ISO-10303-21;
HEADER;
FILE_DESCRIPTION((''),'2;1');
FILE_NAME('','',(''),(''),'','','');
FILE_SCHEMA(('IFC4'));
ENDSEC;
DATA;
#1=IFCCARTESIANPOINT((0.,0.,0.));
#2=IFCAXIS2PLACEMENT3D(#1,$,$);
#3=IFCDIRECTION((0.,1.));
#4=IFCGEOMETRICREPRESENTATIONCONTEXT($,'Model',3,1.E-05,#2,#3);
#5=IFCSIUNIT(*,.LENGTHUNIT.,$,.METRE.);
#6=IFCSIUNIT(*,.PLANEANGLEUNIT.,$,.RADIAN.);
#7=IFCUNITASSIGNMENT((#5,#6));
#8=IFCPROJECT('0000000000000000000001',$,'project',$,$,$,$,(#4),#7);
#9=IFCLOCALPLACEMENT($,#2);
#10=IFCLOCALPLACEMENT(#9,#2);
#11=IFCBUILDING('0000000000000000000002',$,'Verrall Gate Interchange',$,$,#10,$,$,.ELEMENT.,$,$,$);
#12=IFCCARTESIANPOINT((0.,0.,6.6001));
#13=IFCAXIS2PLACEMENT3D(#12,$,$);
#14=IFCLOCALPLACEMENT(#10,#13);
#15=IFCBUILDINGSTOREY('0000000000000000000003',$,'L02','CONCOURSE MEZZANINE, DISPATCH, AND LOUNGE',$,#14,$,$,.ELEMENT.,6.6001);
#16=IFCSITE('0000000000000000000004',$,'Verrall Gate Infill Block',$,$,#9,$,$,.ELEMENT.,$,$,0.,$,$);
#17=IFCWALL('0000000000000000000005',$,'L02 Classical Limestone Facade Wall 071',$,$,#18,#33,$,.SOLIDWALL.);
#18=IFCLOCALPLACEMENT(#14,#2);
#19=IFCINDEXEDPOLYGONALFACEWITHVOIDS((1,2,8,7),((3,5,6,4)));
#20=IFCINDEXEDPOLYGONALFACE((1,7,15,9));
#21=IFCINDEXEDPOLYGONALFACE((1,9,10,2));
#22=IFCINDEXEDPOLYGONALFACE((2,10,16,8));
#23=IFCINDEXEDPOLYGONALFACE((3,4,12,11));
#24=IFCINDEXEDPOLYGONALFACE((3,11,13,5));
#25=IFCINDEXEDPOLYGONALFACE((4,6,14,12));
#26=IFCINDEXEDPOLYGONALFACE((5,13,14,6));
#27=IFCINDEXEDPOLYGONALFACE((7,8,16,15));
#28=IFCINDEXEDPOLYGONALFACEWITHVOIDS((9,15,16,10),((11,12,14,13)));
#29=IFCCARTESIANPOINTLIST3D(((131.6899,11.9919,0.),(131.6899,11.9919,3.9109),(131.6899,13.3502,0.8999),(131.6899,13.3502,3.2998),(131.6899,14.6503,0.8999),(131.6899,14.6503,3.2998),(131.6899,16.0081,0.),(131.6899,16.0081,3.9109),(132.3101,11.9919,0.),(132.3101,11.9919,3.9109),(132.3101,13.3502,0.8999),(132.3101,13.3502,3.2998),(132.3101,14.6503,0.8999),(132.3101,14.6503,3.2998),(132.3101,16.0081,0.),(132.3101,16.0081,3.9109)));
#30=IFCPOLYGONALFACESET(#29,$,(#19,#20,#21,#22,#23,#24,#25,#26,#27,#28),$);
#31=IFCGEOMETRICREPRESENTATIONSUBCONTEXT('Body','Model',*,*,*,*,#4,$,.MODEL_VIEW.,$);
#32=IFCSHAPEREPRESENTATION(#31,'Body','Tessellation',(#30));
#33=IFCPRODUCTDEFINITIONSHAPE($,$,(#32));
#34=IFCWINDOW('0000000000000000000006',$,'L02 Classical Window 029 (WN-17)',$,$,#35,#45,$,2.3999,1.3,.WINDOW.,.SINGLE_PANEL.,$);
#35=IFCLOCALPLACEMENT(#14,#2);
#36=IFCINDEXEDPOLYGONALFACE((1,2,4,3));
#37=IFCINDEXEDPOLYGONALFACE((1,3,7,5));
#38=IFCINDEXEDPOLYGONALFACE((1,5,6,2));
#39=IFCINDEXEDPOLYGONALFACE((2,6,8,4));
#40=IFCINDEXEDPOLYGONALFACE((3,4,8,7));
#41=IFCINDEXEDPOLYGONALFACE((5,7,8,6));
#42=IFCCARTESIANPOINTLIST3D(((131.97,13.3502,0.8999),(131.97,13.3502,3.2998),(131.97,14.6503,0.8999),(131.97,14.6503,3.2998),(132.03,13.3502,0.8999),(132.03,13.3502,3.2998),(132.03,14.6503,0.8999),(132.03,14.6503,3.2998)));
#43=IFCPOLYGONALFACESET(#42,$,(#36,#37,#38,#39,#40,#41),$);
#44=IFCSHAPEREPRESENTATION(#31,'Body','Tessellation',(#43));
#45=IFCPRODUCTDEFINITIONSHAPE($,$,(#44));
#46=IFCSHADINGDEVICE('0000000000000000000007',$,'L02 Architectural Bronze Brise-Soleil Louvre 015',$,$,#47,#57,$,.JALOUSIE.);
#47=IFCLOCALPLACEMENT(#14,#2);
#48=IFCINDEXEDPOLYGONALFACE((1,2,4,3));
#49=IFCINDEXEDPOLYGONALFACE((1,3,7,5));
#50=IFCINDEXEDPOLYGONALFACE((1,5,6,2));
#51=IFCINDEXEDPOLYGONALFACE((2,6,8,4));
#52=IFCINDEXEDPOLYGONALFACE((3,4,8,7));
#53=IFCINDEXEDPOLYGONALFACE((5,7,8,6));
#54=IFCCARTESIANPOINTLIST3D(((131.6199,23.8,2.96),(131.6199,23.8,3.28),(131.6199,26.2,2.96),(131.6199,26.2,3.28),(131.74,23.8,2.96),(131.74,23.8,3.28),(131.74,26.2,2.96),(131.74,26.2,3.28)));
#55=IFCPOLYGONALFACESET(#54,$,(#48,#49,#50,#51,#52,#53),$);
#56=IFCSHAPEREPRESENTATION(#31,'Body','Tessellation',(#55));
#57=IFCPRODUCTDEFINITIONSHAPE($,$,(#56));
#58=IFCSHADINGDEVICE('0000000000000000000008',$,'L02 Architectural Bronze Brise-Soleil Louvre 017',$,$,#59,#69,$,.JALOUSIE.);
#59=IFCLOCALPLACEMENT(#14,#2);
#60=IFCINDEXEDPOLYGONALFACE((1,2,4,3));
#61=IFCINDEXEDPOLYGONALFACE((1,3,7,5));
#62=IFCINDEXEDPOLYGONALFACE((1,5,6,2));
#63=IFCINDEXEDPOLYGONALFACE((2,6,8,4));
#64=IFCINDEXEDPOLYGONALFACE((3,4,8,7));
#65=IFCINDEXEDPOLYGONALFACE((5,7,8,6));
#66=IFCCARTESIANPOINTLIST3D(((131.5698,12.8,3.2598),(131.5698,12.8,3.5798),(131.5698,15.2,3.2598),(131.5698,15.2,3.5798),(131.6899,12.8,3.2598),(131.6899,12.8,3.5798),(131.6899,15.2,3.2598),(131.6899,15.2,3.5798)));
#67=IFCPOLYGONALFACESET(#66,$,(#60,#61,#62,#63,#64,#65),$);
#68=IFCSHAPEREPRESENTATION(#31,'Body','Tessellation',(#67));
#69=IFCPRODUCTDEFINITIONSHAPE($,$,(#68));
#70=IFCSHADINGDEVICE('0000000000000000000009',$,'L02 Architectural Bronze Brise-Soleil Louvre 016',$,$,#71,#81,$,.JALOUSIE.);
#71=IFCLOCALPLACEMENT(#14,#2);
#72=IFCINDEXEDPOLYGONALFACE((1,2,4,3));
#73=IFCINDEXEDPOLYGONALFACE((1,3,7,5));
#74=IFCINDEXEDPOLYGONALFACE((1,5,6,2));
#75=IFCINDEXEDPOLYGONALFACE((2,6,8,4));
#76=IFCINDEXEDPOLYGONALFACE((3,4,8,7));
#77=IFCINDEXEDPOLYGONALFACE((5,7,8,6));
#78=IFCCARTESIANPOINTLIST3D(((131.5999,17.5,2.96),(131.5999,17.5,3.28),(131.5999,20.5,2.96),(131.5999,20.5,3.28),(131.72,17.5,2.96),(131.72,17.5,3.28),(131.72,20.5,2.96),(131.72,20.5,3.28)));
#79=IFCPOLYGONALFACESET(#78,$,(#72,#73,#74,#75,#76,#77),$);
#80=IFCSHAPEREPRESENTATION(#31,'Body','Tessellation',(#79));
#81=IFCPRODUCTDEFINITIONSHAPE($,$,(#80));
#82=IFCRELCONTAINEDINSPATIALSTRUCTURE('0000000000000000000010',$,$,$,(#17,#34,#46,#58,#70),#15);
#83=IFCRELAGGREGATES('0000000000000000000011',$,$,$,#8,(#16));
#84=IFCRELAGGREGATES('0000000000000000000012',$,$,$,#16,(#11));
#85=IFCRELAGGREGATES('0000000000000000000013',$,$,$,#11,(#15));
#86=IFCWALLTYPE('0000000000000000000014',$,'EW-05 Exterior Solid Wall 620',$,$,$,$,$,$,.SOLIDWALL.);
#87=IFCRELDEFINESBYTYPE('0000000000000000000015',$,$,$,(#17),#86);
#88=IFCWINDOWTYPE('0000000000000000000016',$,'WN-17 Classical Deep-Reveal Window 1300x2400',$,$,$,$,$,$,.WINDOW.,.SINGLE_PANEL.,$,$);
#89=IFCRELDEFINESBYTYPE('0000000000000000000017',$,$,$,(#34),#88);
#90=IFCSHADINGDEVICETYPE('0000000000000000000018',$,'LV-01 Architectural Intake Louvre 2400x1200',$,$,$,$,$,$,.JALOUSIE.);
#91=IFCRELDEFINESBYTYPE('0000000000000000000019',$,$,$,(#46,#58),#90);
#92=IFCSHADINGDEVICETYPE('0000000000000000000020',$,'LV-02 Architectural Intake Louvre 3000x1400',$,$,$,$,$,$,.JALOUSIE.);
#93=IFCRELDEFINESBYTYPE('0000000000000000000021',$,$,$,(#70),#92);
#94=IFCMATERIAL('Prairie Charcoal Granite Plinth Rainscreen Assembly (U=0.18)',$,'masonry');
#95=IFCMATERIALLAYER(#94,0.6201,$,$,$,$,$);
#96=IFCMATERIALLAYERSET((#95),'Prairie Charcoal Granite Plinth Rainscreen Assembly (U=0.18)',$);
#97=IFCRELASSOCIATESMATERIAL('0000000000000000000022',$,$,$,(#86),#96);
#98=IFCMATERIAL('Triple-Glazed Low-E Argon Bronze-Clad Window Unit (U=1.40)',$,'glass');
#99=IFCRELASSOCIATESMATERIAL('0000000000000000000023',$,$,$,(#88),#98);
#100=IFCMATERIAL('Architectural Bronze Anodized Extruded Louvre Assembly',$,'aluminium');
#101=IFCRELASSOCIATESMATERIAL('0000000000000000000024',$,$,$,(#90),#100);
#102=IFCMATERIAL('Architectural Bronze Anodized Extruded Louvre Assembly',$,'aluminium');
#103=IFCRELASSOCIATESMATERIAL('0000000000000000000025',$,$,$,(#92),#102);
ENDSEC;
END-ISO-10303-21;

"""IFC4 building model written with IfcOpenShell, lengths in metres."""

from ifc_helpers import new_model, si_unit, direction, frame, frame_2d, origin, origin_2d, place, context, subcontext, project, spatial, rectangle, extrude, material, layer, layer_set, type_object, element, fill, save


model = new_model("IFC4")

# Units and contexts
model_context = context("Model", 3, precision=1e-05, world=origin(), true_north=direction((0.0, 1.0)))
body_context = subcontext(model_context, "Body", "Model", "MODEL_VIEW")
ifc_project = project(units=[si_unit("LENGTHUNIT", "METRE"), si_unit("PLANEANGLEUNIT", "RADIAN")], contexts=[model_context])

# Site, building, storey
site_placement = place(None, origin())
site = spatial("IfcSite", under=ifc_project, at=site_placement, Name="Verrall Gate Infill Block", CompositionType="ELEMENT", RefElevation=0.0)
building_placement = place(site_placement, origin())
building = spatial("IfcBuilding", under=site, at=building_placement, Name="Verrall Gate Interchange", CompositionType="ELEMENT")
storey_placement = place(building_placement, frame((0.0, 0.0, 6.6001)))
storey = spatial("IfcBuildingStorey", under=building, at=storey_placement, Name="L02", Description="CONCOURSE MEZZANINE, DISPATCH, AND LOUNGE", CompositionType="ELEMENT", Elevation=6.6001)

# Wall, opening, window
ifc_material_1 = material(Name="Prairie Charcoal Granite Plinth Rainscreen Assembly (U=0.18)", Category="masonry")
ifc_layer_1 = layer(ifc_material_1, 0.6201)
ifc_layer_set_1 = layer_set([ifc_layer_1], Name="Prairie Charcoal Granite Plinth Rainscreen Assembly (U=0.18)")
wall_type_1 = type_object("IfcWallType", Name="EW-05 Exterior Solid Wall 620", PredefinedType="SOLIDWALL", material=ifc_layer_set_1)
wall_1_placement = place(storey_placement, frame((132.0, 16.0081, 0.0), z_axis=(0.0, 0.0, 1.0), x_axis=(0.0, -1.0, 0.0)))
wall_1 = element("IfcWall", 1, at=wall_1_placement, inside=storey, type_object=wall_type_1, Name="L02 Classical Limestone Facade Wall 071", PredefinedType="SOLIDWALL", context=body_context, shape_type="SweptSolid", body=[
    extrude(rectangle(XDim=4.0161, YDim=0.6201, at=frame_2d((2.0081, 0.0))), origin(), (0.0, 0.0, 1.0), 3.9109),
])
opening_1_placement = place(wall_1_placement, frame((1.3579, 0.0, 0.8999)))
opening_1 = element("IfcOpeningElement", 2, at=opening_1_placement, cuts=wall_1, PredefinedType="OPENING", context=body_context, shape_type="SweptSolid", body=[
    extrude(rectangle(XDim=1.3, YDim=2.3999, at=frame_2d((0.6499, 1.2))), frame((0.0, 0.325, 0.0), z_axis=(0.0, -1.0, 0.0), x_axis=(1.0, 0.0, 0.0)), (0.0, 0.0, 1.0), 0.6499),
])
ifc_material_2 = material(Name="Triple-Glazed Low-E Argon Bronze-Clad Window Unit (U=1.40)", Category="glass")
window_type_1 = type_object("IfcWindowType", Name="WN-17 Classical Deep-Reveal Window 1300x2400", PartitioningType="SINGLE_PANEL", PredefinedType="WINDOW", material=ifc_material_2)
window_1_placement = place(opening_1_placement, origin())
window_1 = element("IfcWindow", 3, at=window_1_placement, inside=storey, type_object=window_type_1, Name="L02 Classical Window 029 (WN-17)", OverallHeight=2.3999, OverallWidth=1.3, PartitioningType="SINGLE_PANEL", PredefinedType="WINDOW", context=body_context, shape_type="SweptSolid", body=[
    extrude(rectangle(XDim=1.3, YDim=2.3999, at=frame_2d((0.6499, 1.2))), frame((0.0, 0.03, 0.0), z_axis=(0.0, -1.0, 0.0), x_axis=(1.0, 0.0, 0.0)), (0.0, 0.0, 1.0), 0.0601),
])
fill(opening_1, window_1)

# Shading devices
ifc_material_3 = material(Name="Architectural Bronze Anodized Extruded Louvre Assembly", Category="aluminium")
shading_device_type_1 = type_object("IfcShadingDeviceType", Name="LV-01 Architectural Intake Louvre 2400x1200", PredefinedType="JALOUSIE", material=ifc_material_3)
for number, where, z_axis, x_axis, name in (
    (4, (131.6799, 25.0, 2.96), (0.0, 0.0, 1.0), (0.0, -1.0, 0.0), "L02 Architectural Bronze Brise-Soleil Louvre 015"),
    (5, (131.6299, 14.0, 3.2598), (0.0, 0.0, 1.0), (0.0, -1.0, 0.0), "L02 Architectural Bronze Brise-Soleil Louvre 017"),
):
    element("IfcShadingDevice", number, at=place(storey_placement, frame(where, z_axis=z_axis, x_axis=x_axis)), inside=storey, type_object=shading_device_type_1, Name=name, PredefinedType="JALOUSIE", context=body_context, shape_type="SweptSolid", body=[
        extrude(rectangle(XDim=2.3999, YDim=0.1201, at=origin_2d()), origin(), (0.0, 0.0, 1.0), 0.3201),
    ])
ifc_material_4 = material(Name="Architectural Bronze Anodized Extruded Louvre Assembly", Category="aluminium")
shading_device_type_2 = type_object("IfcShadingDeviceType", Name="LV-02 Architectural Intake Louvre 3000x1400", PredefinedType="JALOUSIE", material=ifc_material_4)
shading_device_placement = place(storey_placement, frame((131.6599, 19.0, 2.96), z_axis=(0.0, 0.0, 1.0), x_axis=(0.0, -1.0, 0.0)))
element("IfcShadingDevice", 6, at=shading_device_placement, inside=storey, type_object=shading_device_type_2, Name="L02 Architectural Bronze Brise-Soleil Louvre 016", PredefinedType="JALOUSIE", context=body_context, shape_type="SweptSolid", body=[
    extrude(rectangle(XDim=3.0, YDim=0.1201, at=origin_2d()), origin(), (0.0, 0.0, 1.0), 0.3201),
])

save(model, "model.ifc")
